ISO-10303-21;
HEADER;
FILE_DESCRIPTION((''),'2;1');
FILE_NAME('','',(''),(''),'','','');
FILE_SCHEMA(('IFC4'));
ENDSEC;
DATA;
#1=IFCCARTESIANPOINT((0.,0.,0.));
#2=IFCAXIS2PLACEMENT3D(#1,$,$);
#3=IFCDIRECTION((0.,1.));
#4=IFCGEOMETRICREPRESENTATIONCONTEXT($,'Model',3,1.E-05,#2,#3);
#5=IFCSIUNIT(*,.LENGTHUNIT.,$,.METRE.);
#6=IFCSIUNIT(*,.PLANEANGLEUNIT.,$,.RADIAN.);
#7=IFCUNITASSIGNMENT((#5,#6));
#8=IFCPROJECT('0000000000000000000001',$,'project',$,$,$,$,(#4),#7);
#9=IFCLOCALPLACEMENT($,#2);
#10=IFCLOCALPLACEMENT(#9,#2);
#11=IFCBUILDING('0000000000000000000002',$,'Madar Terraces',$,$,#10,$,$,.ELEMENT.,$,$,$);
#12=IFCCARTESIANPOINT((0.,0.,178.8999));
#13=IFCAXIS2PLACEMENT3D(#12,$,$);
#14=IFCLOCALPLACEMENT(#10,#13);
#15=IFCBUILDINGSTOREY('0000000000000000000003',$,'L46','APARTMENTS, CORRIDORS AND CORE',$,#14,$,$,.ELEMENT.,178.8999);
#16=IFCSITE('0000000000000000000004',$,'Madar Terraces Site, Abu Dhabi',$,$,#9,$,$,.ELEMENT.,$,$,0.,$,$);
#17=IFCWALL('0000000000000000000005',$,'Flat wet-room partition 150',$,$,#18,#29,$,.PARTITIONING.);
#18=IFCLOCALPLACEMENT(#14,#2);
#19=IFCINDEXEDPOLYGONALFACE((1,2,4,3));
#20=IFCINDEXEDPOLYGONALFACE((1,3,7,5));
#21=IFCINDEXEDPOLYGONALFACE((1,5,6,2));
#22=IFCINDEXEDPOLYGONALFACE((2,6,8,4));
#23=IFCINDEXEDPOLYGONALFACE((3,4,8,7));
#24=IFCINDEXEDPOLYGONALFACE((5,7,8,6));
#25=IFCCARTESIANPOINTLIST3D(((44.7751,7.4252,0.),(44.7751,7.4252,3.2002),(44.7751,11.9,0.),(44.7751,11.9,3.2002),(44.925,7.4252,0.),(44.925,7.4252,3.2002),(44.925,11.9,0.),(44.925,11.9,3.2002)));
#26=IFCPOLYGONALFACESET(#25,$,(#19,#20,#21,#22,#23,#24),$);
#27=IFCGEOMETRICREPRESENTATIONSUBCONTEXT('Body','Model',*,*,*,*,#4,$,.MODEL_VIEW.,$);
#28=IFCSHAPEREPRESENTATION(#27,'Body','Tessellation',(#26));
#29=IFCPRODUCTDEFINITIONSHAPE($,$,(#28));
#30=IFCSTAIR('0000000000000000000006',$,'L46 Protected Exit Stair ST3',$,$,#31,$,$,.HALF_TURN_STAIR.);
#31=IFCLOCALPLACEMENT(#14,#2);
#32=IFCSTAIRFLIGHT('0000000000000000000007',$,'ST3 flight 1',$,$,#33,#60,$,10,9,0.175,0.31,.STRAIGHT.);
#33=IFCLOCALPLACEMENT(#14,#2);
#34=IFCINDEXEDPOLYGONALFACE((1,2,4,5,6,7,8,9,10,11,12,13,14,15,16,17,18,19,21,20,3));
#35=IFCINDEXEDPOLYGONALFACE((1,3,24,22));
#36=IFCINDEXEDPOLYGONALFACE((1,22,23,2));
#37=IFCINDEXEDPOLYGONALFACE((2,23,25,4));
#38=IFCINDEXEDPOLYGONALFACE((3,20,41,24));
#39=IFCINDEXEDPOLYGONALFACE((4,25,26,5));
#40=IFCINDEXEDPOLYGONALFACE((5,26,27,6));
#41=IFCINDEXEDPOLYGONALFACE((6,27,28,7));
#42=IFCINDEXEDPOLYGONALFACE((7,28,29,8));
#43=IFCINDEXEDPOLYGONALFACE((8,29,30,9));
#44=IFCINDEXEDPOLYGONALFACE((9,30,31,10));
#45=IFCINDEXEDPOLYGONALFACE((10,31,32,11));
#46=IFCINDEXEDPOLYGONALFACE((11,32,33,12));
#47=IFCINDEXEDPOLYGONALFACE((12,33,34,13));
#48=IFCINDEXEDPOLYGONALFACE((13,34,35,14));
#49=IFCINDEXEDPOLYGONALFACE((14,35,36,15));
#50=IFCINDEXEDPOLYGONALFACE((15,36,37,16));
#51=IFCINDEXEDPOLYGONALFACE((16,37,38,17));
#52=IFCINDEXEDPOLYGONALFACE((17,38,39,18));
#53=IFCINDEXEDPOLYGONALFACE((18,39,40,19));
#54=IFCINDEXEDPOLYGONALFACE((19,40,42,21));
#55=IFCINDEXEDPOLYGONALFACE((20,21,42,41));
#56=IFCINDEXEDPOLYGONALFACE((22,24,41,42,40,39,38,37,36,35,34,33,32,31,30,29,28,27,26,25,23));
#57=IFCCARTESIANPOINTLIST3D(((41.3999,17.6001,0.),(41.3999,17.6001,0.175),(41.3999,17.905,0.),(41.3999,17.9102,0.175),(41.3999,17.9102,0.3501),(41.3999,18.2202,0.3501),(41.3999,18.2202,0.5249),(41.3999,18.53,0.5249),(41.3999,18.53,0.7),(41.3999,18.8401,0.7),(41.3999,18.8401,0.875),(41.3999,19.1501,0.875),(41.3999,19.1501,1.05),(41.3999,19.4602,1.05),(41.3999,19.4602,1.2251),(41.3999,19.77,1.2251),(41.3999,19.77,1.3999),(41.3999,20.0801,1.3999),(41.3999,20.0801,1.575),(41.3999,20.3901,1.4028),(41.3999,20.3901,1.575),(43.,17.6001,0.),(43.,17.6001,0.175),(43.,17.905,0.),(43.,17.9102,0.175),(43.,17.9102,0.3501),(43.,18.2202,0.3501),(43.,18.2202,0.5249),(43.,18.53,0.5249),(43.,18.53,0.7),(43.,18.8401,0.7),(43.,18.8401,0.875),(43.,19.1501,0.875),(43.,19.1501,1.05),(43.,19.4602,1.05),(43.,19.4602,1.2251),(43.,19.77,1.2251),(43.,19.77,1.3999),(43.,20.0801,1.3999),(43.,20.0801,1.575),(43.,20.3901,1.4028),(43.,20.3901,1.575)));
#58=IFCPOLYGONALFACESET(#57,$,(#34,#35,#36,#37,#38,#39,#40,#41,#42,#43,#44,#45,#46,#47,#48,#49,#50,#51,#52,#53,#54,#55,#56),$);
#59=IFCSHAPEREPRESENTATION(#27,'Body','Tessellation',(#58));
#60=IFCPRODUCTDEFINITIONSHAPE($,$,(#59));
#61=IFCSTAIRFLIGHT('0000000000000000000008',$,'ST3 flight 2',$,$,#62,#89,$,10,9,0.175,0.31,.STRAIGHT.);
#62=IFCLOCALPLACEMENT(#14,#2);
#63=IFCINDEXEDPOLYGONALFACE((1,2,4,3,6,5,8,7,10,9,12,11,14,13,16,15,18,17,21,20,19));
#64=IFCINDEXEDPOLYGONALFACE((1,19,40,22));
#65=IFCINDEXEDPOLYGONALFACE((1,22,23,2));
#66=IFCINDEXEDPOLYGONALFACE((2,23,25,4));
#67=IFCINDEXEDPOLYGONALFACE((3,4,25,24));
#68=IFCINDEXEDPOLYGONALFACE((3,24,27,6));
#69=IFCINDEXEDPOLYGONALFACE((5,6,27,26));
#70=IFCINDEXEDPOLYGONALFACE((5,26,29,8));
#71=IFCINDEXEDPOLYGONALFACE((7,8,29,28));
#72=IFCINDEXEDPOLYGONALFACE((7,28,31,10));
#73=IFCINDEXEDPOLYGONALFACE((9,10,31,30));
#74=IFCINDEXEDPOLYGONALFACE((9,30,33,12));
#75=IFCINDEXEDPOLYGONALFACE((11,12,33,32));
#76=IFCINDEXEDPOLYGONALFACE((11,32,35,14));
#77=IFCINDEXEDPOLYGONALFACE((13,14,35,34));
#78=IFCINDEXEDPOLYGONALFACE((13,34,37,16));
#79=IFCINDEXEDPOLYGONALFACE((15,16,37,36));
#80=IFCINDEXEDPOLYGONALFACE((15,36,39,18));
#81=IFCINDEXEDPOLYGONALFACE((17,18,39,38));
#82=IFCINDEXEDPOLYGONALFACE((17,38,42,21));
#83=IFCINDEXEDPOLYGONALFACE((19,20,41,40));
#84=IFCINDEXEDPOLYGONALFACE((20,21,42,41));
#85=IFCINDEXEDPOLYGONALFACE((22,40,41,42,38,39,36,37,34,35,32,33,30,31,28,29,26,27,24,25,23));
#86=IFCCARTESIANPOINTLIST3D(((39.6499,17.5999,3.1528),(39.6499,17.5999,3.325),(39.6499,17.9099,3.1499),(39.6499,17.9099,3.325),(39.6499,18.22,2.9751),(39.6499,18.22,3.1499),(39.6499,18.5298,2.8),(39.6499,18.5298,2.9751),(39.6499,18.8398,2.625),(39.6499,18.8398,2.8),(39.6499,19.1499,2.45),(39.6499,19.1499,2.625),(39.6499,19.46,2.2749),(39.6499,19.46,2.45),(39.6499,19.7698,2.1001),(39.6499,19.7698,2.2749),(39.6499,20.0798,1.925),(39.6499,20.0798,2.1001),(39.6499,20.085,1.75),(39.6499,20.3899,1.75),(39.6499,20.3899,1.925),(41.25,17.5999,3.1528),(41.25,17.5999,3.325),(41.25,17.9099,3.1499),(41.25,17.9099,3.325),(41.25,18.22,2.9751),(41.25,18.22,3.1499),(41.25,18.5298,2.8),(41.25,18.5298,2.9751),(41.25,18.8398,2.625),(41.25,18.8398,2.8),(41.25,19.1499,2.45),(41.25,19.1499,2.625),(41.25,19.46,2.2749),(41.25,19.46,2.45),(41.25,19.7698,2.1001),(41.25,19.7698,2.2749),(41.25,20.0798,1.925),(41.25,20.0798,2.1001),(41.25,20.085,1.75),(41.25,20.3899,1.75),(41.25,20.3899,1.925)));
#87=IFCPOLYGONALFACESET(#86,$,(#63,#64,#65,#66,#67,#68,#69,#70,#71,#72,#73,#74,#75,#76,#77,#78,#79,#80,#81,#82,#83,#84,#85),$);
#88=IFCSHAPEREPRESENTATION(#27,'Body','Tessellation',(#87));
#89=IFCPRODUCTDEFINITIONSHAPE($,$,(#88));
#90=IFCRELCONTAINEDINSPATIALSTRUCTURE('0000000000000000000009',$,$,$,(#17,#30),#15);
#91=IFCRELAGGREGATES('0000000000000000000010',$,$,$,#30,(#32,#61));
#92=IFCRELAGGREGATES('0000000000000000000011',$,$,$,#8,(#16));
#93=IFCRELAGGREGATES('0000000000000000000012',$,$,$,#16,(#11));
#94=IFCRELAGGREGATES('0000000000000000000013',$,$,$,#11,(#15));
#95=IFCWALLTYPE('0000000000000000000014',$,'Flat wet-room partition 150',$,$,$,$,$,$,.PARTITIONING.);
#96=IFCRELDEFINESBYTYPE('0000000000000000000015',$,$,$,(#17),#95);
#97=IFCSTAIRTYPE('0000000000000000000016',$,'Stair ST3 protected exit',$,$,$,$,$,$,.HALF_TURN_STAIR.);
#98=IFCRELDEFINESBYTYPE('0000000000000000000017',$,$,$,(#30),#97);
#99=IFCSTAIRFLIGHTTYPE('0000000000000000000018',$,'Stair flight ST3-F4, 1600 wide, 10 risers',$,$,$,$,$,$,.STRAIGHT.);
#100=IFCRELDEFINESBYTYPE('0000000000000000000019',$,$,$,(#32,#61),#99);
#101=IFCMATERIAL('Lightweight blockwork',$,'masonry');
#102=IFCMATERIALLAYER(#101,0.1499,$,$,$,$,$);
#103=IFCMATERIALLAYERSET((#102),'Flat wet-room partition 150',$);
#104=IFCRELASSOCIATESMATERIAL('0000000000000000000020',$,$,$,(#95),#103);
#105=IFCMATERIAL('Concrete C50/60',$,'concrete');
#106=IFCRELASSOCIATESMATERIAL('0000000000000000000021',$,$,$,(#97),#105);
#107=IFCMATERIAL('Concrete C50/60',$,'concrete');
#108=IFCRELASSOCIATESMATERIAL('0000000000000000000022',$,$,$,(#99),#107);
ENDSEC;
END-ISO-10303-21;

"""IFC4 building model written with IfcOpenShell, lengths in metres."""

from ifc_helpers import new_model, si_unit, direction, frame, frame_2d, origin, place, context, subcontext, project, spatial, polyline, rectangle, outline, extrude, material, layer, layer_set, type_object, element, aggregate, save


model = new_model("IFC4")

# Units and contexts
model_context = context("Model", 3, precision=1e-05, world=origin(), true_north=direction((0.0, 1.0)))
body_context = subcontext(model_context, "Body", "Model", "MODEL_VIEW")
ifc_project = project(units=[si_unit("LENGTHUNIT", "METRE"), si_unit("PLANEANGLEUNIT", "RADIAN")], contexts=[model_context])

# Site, building, storey
site_placement = place(None, origin())
site = spatial("IfcSite", under=ifc_project, at=site_placement, Name="Madar Terraces Site, Abu Dhabi", CompositionType="ELEMENT", RefElevation=0.0)
building_placement = place(site_placement, origin())
building = spatial("IfcBuilding", under=site, at=building_placement, Name="Madar Terraces", CompositionType="ELEMENT")
storey_placement = place(building_placement, frame((0.0, 0.0, 178.8999)))
storey = spatial("IfcBuildingStorey", under=building, at=storey_placement, Name="L46", Description="APARTMENTS, CORRIDORS AND CORE", CompositionType="ELEMENT", Elevation=178.8999)

# Wall
ifc_material_1 = material(Name="Lightweight blockwork", Category="masonry")
ifc_layer_1 = layer(ifc_material_1, 0.1499)
ifc_layer_set_1 = layer_set([ifc_layer_1], Name="Flat wet-room partition 150")
wall_type_1 = type_object("IfcWallType", Name="Flat wet-room partition 150", PredefinedType="PARTITIONING", material=ifc_layer_set_1)
wall_1_placement = place(storey_placement, frame((44.8501, 11.8999, 0.0), z_axis=(0.0, 0.0, 1.0), x_axis=(0.0, -1.0, 0.0)))
element("IfcWall", 1, at=wall_1_placement, inside=storey, type_object=wall_type_1, Name="Flat wet-room partition 150", PredefinedType="PARTITIONING", context=body_context, shape_type="SweptSolid", body=[
    extrude(rectangle(XDim=4.4749, YDim=0.1499, at=frame_2d((2.2373, 0.0))), origin(), (0.0, 0.0, 1.0), 3.2002),
])

# Stair, stair flights
ifc_material_2 = material(Name="Concrete C50/60", Category="concrete")
stair_type = type_object("IfcStairType", Name="Stair ST3 protected exit", PredefinedType="HALF_TURN_STAIR", material=ifc_material_2)
stair_placement = place(storey_placement, origin())
stair = element("IfcStair", 2, at=stair_placement, inside=storey, type_object=stair_type, Name="L46 Protected Exit Stair ST3", PredefinedType="HALF_TURN_STAIR")
ifc_material_3 = material(Name="Concrete C50/60", Category="concrete")
stair_flight_type = type_object("IfcStairFlightType", Name="Stair flight ST3-F4, 1600 wide, 10 risers", PredefinedType="STRAIGHT", material=ifc_material_3)
stair_flight_1_placement = place(storey_placement, frame((42.2, 17.6001, 0.0), z_axis=(0.0, 0.0, 1.0), x_axis=(0.0, 1.0, 0.0)))
stair_flight_1 = element("IfcStairFlight", 3, at=stair_flight_1_placement, type_object=stair_flight_type, Name="ST3 flight 1", NumberOfRisers=10, NumberOfTreads=9, PredefinedType="STRAIGHT", RiserHeight=0.175, TreadLength=0.31, context=body_context, shape_type="SweptSolid", body=[
    extrude(outline(polyline([(0.0, 0.0), (0.0, 0.175), (0.3101, 0.175), (0.3101, 0.3501), (0.6201, 0.3501), (0.6201, 0.5249), (0.9299, 0.5249), (0.9299, 0.7), (1.24, 0.7), (1.24, 0.875), (1.55, 0.875), (1.55, 1.05), (1.8601, 1.05), (1.8601, 1.2251), (2.1699, 1.2251), (2.1699, 1.3999), (2.48, 1.3999), (2.48, 1.575), (2.79, 1.575), (2.79, 1.75), (2.79, 1.4028), (0.3049, 0.0), (0.0, 0.0)])), frame((0.0, 0.8, 0.0), z_axis=(0.0, -1.0, 0.0), x_axis=(1.0, 0.0, 0.0)), (0.0, 0.0, 1.0), 1.6001),
])
stair_flight_2_placement = place(storey_placement, frame((40.45, 20.3899, 1.75), z_axis=(0.0, 0.0, 1.0), x_axis=(0.0, -1.0, 0.0)))
stair_flight_2 = element("IfcStairFlight", 4, at=stair_flight_2_placement, type_object=stair_flight_type, Name="ST3 flight 2", NumberOfRisers=10, NumberOfTreads=9, PredefinedType="STRAIGHT", RiserHeight=0.175, TreadLength=0.31, context=body_context, shape_type="SweptSolid", body=[
    extrude(outline(polyline([(0.0, 0.0), (0.0, 0.175), (0.3101, 0.175), (0.3101, 0.3501), (0.6201, 0.3501), (0.6201, 0.5249), (0.9299, 0.5249), (0.9299, 0.7), (1.24, 0.7), (1.24, 0.875), (1.55, 0.875), (1.55, 1.05), (1.8601, 1.05), (1.8601, 1.2251), (2.1699, 1.2251), (2.1699, 1.3999), (2.48, 1.3999), (2.48, 1.575), (2.79, 1.575), (2.79, 1.75), (2.79, 1.4028), (0.3049, 0.0), (0.0, 0.0)])), frame((0.0, 0.8, 0.0), z_axis=(0.0, -1.0, 0.0), x_axis=(1.0, 0.0, 0.0)), (0.0, 0.0, 1.0), 1.6001),
])
aggregate(stair, [stair_flight_1, stair_flight_2])

save(model, "model.ifc")
